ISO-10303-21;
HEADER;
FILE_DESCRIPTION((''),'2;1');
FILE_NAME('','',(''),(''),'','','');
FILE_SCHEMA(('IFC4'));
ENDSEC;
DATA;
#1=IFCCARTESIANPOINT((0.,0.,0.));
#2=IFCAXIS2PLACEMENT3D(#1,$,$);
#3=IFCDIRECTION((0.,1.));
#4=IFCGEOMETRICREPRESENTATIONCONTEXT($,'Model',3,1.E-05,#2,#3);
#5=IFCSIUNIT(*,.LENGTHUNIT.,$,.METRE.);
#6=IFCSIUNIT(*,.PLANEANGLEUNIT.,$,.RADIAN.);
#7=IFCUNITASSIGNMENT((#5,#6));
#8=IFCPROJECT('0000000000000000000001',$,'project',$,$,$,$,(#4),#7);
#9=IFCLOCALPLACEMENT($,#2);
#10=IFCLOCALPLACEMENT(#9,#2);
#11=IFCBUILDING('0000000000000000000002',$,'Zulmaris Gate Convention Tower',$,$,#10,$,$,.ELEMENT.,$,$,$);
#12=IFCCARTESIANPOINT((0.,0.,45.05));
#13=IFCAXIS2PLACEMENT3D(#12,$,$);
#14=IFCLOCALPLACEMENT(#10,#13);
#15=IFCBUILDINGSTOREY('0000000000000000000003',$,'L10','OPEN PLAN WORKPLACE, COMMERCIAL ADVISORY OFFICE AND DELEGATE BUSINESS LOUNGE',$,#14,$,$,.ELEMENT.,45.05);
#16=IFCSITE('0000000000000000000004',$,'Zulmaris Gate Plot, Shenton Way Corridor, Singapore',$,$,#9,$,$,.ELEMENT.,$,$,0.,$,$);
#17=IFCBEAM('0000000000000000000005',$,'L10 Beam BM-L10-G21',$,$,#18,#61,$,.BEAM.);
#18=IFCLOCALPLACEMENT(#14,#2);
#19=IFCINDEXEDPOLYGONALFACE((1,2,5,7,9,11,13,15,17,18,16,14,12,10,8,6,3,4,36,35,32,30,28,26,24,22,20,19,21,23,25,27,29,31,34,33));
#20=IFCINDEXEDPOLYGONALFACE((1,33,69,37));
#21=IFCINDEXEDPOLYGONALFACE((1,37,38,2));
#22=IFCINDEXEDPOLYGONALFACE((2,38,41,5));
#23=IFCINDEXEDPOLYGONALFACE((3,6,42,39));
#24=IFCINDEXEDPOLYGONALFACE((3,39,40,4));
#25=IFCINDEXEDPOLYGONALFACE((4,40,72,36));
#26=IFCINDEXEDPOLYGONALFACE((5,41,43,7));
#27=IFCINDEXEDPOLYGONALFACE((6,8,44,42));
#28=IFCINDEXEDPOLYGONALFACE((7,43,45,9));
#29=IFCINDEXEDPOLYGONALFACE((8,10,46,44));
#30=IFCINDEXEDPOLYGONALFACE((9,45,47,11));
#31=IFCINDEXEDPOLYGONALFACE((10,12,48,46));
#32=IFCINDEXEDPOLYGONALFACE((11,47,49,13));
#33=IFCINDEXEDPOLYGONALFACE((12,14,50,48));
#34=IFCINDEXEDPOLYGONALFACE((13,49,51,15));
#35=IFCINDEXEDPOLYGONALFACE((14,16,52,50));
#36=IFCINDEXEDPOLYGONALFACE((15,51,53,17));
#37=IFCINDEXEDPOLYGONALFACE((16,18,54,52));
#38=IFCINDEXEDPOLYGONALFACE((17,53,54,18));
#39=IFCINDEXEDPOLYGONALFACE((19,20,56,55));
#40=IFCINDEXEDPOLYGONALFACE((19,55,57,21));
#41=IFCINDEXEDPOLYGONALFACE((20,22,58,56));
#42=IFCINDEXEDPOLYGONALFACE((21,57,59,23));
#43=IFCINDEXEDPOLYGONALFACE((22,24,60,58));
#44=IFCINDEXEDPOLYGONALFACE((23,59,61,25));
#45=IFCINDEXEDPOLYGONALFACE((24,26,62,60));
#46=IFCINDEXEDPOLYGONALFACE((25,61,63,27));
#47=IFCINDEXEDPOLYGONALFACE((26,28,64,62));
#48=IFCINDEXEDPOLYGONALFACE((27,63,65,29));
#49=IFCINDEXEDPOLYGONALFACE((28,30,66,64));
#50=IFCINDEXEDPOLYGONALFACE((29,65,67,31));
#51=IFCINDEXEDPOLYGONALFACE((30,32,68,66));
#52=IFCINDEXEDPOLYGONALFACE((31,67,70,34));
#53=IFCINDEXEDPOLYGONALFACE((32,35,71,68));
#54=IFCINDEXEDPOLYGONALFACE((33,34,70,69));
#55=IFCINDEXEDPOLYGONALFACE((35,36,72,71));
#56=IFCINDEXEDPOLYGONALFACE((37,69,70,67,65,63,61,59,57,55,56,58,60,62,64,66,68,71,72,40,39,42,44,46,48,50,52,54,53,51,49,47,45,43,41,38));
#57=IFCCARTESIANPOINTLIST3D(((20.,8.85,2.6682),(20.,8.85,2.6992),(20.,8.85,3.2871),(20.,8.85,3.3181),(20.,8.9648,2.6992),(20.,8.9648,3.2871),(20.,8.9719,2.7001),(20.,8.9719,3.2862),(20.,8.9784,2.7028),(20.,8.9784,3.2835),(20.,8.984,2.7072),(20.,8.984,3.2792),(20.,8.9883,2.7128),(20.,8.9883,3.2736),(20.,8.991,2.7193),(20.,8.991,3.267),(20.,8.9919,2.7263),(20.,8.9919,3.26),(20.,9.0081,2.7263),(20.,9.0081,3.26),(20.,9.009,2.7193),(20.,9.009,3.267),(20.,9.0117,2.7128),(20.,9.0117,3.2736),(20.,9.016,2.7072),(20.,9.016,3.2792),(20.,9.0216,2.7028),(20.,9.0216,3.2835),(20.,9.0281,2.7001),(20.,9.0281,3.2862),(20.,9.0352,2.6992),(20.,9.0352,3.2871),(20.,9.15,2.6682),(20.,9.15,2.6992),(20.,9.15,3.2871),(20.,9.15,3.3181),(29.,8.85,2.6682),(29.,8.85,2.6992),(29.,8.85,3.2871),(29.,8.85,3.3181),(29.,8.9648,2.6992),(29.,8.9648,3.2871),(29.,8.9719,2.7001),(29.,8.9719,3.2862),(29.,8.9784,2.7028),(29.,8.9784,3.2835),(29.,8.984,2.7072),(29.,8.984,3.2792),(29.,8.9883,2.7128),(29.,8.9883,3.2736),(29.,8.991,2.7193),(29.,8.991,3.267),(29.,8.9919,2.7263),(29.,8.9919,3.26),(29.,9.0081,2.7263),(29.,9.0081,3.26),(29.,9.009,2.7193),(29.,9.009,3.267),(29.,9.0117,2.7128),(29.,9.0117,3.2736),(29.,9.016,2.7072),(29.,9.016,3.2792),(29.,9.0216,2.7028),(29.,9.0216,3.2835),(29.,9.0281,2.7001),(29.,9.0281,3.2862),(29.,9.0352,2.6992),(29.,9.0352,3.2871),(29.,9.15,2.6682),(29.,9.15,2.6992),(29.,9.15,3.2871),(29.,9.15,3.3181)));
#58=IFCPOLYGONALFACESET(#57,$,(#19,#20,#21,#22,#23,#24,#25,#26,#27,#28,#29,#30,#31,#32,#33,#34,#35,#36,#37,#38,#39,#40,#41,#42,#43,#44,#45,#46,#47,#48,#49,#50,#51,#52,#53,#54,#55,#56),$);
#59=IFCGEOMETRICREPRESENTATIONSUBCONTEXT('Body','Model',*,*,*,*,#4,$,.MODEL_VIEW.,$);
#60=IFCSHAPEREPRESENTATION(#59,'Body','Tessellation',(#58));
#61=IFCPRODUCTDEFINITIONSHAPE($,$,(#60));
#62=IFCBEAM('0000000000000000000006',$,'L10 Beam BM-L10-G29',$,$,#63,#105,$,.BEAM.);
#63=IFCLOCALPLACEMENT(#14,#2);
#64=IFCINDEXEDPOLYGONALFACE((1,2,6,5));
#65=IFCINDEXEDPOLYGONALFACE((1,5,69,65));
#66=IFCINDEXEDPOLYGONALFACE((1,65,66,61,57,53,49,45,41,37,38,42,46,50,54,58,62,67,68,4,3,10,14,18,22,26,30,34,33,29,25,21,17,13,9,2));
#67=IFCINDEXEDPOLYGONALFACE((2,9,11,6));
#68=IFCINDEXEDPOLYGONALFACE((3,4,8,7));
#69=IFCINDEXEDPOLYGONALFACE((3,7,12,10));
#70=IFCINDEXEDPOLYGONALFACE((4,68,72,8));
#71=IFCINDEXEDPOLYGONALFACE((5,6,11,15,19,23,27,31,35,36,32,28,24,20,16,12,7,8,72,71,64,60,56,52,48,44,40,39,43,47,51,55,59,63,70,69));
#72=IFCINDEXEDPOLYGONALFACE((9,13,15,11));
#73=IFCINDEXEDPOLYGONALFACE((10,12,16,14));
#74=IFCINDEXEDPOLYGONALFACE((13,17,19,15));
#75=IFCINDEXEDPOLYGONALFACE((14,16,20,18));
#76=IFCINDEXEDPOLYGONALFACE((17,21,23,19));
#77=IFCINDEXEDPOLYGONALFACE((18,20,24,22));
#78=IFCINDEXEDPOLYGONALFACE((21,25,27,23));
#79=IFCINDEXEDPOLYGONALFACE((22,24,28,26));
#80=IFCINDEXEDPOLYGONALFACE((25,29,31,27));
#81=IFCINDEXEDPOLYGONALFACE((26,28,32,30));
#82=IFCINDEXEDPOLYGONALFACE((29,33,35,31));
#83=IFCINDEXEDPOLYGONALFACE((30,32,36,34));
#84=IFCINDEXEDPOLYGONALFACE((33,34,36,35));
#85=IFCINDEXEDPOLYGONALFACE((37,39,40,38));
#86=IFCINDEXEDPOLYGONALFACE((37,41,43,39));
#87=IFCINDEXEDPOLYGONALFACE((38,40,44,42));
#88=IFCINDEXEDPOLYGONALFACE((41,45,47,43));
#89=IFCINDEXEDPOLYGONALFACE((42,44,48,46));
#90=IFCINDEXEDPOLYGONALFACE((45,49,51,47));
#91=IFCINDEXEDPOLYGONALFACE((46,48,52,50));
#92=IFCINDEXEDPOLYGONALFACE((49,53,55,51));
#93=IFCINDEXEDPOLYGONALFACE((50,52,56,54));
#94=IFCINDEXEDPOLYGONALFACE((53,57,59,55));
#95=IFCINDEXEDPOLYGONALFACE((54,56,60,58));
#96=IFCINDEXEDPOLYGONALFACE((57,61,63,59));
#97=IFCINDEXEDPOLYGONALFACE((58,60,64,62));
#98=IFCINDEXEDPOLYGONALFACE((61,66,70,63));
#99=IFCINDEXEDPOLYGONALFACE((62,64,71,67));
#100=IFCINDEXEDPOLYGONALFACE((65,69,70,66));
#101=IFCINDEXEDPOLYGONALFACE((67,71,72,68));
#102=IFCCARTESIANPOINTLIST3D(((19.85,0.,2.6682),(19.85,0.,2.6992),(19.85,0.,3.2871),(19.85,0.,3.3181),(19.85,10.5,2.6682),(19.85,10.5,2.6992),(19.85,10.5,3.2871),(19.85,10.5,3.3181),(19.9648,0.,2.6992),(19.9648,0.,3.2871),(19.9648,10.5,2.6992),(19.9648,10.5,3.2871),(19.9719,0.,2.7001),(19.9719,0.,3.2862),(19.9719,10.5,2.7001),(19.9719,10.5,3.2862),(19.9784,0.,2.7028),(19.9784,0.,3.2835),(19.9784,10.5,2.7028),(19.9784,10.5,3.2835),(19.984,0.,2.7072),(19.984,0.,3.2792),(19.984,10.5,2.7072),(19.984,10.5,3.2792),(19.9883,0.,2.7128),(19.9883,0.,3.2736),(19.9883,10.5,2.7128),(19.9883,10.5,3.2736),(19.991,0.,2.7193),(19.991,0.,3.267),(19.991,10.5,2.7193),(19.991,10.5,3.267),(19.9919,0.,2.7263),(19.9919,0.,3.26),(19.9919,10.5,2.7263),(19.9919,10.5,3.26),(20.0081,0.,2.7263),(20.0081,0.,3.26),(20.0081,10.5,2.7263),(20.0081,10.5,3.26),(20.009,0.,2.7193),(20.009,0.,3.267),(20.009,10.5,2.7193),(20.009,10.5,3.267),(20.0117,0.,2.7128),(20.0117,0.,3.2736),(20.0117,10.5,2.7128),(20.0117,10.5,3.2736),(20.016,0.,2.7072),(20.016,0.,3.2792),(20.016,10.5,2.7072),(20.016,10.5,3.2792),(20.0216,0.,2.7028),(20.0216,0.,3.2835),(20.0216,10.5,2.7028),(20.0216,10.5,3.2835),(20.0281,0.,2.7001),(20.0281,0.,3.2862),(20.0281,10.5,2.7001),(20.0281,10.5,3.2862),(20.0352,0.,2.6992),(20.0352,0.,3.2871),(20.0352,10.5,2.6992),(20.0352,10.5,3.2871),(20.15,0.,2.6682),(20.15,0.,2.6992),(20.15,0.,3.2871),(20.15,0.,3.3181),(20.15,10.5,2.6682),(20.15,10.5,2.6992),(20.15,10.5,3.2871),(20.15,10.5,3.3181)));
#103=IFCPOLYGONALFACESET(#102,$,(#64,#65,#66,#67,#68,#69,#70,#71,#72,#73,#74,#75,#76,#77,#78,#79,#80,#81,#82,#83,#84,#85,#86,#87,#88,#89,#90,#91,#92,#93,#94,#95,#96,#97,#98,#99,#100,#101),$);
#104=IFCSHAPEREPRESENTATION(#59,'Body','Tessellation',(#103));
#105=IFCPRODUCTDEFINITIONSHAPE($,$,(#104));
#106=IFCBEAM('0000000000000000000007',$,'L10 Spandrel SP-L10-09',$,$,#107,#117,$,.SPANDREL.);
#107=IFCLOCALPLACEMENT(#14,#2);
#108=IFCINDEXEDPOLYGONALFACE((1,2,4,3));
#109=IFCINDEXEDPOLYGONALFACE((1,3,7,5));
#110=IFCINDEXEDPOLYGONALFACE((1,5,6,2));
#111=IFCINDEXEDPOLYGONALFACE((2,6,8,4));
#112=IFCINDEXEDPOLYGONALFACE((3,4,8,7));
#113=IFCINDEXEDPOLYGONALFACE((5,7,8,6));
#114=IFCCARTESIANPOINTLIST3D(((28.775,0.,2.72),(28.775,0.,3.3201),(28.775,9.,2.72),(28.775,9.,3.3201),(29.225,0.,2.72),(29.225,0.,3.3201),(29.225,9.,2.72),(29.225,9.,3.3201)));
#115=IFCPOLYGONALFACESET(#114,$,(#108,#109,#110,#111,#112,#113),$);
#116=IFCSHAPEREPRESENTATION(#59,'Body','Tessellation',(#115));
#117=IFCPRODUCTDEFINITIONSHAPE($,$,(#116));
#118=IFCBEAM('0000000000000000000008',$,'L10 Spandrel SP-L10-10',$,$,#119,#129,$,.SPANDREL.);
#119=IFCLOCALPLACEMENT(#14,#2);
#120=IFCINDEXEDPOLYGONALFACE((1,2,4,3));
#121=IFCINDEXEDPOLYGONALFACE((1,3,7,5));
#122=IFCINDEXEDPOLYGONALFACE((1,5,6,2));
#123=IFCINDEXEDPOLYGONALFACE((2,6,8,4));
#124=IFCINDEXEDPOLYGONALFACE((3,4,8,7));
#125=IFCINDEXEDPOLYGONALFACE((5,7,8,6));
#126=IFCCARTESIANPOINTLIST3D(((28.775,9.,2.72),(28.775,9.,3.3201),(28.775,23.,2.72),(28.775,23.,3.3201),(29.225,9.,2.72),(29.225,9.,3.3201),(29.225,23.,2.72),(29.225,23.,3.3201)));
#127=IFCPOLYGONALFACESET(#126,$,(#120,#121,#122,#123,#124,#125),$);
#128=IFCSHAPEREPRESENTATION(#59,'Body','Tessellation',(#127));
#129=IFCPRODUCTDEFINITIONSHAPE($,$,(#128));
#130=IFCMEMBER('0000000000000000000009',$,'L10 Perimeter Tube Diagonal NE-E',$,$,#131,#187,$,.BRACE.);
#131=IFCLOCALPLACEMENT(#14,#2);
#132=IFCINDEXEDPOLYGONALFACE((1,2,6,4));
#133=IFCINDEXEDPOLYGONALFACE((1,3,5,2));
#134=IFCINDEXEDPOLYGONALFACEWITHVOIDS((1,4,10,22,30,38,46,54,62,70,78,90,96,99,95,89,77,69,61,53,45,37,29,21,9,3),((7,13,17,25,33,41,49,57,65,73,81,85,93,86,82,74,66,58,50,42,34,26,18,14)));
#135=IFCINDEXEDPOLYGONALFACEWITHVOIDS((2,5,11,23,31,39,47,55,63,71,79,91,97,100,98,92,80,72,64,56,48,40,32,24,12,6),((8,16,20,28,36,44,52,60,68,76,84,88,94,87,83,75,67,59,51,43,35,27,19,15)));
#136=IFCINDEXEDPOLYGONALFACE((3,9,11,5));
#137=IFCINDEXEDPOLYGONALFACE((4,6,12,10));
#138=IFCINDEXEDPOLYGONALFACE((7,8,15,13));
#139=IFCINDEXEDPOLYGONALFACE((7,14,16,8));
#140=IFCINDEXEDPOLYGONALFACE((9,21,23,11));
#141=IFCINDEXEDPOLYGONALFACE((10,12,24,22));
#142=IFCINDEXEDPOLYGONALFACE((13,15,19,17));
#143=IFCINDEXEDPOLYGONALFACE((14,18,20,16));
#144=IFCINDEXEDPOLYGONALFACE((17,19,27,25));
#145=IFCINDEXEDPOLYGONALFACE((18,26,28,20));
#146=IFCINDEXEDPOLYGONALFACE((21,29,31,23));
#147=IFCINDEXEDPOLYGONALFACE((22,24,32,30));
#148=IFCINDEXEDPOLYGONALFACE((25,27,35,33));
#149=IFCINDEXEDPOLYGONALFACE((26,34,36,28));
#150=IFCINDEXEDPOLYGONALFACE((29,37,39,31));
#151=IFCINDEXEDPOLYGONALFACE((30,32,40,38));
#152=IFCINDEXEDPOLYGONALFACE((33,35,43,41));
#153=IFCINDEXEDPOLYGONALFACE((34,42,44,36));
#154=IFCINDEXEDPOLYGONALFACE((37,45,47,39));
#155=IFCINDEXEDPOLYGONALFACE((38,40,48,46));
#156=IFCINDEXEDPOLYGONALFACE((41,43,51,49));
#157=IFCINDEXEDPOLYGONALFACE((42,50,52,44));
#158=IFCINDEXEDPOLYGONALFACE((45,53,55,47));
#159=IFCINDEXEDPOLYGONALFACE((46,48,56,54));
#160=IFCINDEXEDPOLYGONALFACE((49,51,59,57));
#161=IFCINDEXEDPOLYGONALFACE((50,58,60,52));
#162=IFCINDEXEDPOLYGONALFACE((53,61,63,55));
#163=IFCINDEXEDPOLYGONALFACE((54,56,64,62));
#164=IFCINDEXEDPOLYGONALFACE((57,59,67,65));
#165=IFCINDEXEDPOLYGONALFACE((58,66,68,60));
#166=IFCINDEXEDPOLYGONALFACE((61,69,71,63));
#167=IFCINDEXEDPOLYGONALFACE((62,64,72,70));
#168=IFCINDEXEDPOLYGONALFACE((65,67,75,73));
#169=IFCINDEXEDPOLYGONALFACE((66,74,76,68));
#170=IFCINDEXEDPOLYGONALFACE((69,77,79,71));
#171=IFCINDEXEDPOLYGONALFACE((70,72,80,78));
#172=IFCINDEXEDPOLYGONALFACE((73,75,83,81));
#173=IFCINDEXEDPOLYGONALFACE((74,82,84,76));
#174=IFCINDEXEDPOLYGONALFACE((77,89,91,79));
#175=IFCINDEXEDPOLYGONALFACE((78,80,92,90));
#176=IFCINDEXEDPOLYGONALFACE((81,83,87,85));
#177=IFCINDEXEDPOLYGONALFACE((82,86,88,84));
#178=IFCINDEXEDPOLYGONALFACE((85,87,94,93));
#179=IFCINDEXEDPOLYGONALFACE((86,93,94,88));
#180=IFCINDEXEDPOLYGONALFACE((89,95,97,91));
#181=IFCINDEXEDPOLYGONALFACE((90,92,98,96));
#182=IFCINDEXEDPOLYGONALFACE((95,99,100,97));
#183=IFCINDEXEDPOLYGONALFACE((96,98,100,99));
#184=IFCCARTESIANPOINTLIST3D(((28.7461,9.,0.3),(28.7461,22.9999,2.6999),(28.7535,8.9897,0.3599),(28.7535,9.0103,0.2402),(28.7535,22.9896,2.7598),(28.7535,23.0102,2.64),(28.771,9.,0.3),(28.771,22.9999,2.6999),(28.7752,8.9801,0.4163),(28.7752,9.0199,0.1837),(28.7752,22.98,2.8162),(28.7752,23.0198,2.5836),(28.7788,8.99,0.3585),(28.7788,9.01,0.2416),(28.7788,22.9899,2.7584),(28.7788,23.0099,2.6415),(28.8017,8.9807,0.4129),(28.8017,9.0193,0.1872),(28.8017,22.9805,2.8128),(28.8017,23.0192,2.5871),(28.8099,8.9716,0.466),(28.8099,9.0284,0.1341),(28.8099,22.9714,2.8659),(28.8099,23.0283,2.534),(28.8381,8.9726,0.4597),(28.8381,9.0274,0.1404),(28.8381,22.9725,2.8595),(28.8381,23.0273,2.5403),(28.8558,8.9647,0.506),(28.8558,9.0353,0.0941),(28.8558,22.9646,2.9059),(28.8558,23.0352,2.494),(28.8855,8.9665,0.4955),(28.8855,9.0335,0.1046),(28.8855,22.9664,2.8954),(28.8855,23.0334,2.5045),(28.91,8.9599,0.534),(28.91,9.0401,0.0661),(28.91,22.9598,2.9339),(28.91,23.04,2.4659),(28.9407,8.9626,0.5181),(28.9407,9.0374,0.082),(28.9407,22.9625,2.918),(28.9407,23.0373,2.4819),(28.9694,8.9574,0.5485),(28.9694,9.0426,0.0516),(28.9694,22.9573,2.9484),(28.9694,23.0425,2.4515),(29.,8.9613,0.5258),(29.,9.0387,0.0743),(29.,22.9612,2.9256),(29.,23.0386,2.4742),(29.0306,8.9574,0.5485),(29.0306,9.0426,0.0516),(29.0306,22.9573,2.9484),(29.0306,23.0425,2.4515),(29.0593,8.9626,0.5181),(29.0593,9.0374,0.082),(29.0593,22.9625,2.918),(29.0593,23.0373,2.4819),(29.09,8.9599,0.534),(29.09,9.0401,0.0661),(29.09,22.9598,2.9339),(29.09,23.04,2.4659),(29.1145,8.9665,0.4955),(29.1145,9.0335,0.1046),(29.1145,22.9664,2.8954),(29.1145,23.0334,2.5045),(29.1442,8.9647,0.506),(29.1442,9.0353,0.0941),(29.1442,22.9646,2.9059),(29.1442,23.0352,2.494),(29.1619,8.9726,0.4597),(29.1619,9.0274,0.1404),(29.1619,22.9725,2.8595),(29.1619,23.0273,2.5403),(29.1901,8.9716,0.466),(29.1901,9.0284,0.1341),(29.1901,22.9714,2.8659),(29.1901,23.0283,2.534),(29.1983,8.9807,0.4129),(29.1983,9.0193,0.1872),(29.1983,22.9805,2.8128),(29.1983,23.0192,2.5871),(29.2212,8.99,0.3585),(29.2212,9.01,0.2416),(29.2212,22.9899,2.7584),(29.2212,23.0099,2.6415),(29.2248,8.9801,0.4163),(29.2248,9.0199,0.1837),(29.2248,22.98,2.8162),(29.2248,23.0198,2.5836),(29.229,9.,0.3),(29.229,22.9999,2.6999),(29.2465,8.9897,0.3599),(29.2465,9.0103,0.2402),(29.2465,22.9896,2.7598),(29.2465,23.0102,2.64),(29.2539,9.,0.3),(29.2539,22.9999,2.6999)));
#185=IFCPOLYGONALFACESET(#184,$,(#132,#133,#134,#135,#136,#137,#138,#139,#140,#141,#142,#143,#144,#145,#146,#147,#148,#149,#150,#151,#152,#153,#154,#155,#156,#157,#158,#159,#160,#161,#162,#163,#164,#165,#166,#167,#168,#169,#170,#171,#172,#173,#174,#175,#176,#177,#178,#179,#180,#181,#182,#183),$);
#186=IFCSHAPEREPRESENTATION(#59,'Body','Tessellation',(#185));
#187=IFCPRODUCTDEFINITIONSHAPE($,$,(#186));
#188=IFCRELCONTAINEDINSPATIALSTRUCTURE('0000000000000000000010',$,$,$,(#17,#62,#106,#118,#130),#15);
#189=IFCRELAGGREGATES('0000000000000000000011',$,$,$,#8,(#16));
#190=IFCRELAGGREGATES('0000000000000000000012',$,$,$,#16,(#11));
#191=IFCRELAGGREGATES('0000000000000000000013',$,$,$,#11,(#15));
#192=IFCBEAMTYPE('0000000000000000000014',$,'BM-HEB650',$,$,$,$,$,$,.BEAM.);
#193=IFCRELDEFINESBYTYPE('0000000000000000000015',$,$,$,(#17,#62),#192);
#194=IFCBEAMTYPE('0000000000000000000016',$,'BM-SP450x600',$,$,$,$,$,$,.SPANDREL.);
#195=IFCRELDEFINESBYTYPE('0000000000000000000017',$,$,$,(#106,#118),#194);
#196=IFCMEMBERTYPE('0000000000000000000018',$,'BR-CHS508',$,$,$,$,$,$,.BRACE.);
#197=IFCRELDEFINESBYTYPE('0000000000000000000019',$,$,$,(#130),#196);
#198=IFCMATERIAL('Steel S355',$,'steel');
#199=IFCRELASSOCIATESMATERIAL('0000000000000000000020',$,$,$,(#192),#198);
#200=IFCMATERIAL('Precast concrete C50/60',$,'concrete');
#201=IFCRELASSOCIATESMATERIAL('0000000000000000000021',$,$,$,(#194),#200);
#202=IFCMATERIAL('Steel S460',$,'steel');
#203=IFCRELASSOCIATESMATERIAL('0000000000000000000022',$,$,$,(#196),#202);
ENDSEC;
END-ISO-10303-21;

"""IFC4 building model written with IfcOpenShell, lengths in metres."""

from ifc_helpers import new_model, si_unit, direction, frame, origin, origin_2d, place, context, subcontext, project, spatial, rectangle, hollow_circle, i_section, extrude, material, material_profile, profile_set, type_object, element, save


model = new_model("IFC4")

# Units and contexts
model_context = context("Model", 3, precision=1e-05, world=origin(), true_north=direction((0.0, 1.0)))
body_context = subcontext(model_context, "Body", "Model", "MODEL_VIEW")
ifc_project = project(units=[si_unit("LENGTHUNIT", "METRE"), si_unit("PLANEANGLEUNIT", "RADIAN")], contexts=[model_context])

# Site, building, storey
site_placement = place(None, origin())
site = spatial("IfcSite", under=ifc_project, at=site_placement, Name="Zulmaris Gate Plot, Shenton Way Corridor, Singapore", CompositionType="ELEMENT", RefElevation=0.0)
building_placement = place(site_placement, origin())
building = spatial("IfcBuilding", under=site, at=building_placement, Name="Zulmaris Gate Convention Tower", CompositionType="ELEMENT")
storey_placement = place(building_placement, frame((0.0, 0.0, 45.05)))
storey = spatial("IfcBuildingStorey", under=building, at=storey_placement, Name="L10", Description="OPEN PLAN WORKPLACE, COMMERCIAL ADVISORY OFFICE AND DELEGATE BUSINESS LOUNGE", CompositionType="ELEMENT", Elevation=45.05)

# Beams
ifc_material_1 = material(Name="Steel S355", Category="steel")
ifc_material_profile_1 = material_profile(ifc_material_1, i_section(OverallWidth=0.3, OverallDepth=0.6499, WebThickness=0.0161, FlangeThickness=0.031, FilletRadius=0.0271, at=origin_2d()), Name="HEB 650")
ifc_profile_set_1 = profile_set([ifc_material_profile_1], Name="Steel S355")
beam_type_1 = type_object("IfcBeamType", Name="BM-HEB650", PredefinedType="BEAM", material=ifc_profile_set_1)
for number, where, z_axis, x_axis, name in (
    (1, (20.0, 9.0, 2.9932), (1.0, 0.0, 0.0), (0.0, 1.0, 0.0), "L10 Beam BM-L10-G21"),
):
    element("IfcBeam", number, at=place(storey_placement, frame(where, z_axis=z_axis, x_axis=x_axis)), inside=storey, type_object=beam_type_1, Name=name, PredefinedType="BEAM", context=body_context, shape_type="SweptSolid", body=[
        extrude(i_section(OverallWidth=0.3, OverallDepth=0.6499, WebThickness=0.0161, FlangeThickness=0.031, FilletRadius=0.0271, at=origin_2d()), origin(), (0.0, 0.0, 1.0), 9.0),
    ])
beam_1_placement = place(storey_placement, frame((20.0, 0.0, 2.9932), z_axis=(0.0, 1.0, 0.0), x_axis=(-1.0, 0.0, 0.0)))
element("IfcBeam", 2, at=beam_1_placement, inside=storey, type_object=beam_type_1, Name="L10 Beam BM-L10-G29", PredefinedType="BEAM", context=body_context, shape_type="SweptSolid", body=[
    extrude(i_section(OverallWidth=0.3, OverallDepth=0.6499, WebThickness=0.0161, FlangeThickness=0.031, FilletRadius=0.0271, at=origin_2d()), origin(), (0.0, 0.0, 1.0), 10.5),
])
ifc_material_2 = material(Name="Precast concrete C50/60", Category="concrete")
ifc_material_profile_2 = material_profile(ifc_material_2, rectangle(XDim=0.45, YDim=0.6001, at=origin_2d()), Name="RC SPANDREL 450x600")
ifc_profile_set_2 = profile_set([ifc_material_profile_2], Name="Precast concrete C50/60")
beam_type_2 = type_object("IfcBeamType", Name="BM-SP450x600", PredefinedType="SPANDREL", material=ifc_profile_set_2)
beam_2_placement = place(storey_placement, frame((29.0, 0.0, 3.02), z_axis=(0.0, 1.0, 0.0), x_axis=(-1.0, 0.0, 0.0)))
element("IfcBeam", 3, at=beam_2_placement, inside=storey, type_object=beam_type_2, Name="L10 Spandrel SP-L10-09", PredefinedType="SPANDREL", context=body_context, shape_type="SweptSolid", body=[
    extrude(rectangle(XDim=0.45, YDim=0.6001, at=origin_2d()), origin(), (0.0, 0.0, 1.0), 9.0),
])
beam_3_placement = place(storey_placement, frame((29.0, 9.0, 3.02), z_axis=(0.0, 1.0, 0.0), x_axis=(-1.0, 0.0, 0.0)))
element("IfcBeam", 4, at=beam_3_placement, inside=storey, type_object=beam_type_2, Name="L10 Spandrel SP-L10-10", PredefinedType="SPANDREL", context=body_context, shape_type="SweptSolid", body=[
    extrude(rectangle(XDim=0.45, YDim=0.6001, at=origin_2d()), origin(), (0.0, 0.0, 1.0), 14.0),
])

# Member
ifc_material_3 = material(Name="Steel S460", Category="steel")
ifc_material_profile_3 = material_profile(ifc_material_3, hollow_circle(Radius=0.2539, WallThickness=0.0249, at=origin_2d()), Name="CHS 508x25")
ifc_profile_set_3 = profile_set([ifc_material_profile_3], Name="Steel S460")
member_type = type_object("IfcMemberType", Name="BR-CHS508", PredefinedType="BRACE", material=ifc_profile_set_3)
member_placement = place(storey_placement, frame((29.0, 9.0, 0.3), z_axis=(0.0, 0.985623, 0.168957), x_axis=(-1.0, 0.0, 0.0)))
element("IfcMember", 5, at=member_placement, inside=storey, type_object=member_type, Name="L10 Perimeter Tube Diagonal NE-E", PredefinedType="BRACE", context=body_context, shape_type="SweptSolid", body=[
    extrude(hollow_circle(Radius=0.2539, WallThickness=0.0249, at=origin_2d()), origin(), (0.0, 0.0, 1.0), 14.2041),
])

save(model, "model.ifc")
